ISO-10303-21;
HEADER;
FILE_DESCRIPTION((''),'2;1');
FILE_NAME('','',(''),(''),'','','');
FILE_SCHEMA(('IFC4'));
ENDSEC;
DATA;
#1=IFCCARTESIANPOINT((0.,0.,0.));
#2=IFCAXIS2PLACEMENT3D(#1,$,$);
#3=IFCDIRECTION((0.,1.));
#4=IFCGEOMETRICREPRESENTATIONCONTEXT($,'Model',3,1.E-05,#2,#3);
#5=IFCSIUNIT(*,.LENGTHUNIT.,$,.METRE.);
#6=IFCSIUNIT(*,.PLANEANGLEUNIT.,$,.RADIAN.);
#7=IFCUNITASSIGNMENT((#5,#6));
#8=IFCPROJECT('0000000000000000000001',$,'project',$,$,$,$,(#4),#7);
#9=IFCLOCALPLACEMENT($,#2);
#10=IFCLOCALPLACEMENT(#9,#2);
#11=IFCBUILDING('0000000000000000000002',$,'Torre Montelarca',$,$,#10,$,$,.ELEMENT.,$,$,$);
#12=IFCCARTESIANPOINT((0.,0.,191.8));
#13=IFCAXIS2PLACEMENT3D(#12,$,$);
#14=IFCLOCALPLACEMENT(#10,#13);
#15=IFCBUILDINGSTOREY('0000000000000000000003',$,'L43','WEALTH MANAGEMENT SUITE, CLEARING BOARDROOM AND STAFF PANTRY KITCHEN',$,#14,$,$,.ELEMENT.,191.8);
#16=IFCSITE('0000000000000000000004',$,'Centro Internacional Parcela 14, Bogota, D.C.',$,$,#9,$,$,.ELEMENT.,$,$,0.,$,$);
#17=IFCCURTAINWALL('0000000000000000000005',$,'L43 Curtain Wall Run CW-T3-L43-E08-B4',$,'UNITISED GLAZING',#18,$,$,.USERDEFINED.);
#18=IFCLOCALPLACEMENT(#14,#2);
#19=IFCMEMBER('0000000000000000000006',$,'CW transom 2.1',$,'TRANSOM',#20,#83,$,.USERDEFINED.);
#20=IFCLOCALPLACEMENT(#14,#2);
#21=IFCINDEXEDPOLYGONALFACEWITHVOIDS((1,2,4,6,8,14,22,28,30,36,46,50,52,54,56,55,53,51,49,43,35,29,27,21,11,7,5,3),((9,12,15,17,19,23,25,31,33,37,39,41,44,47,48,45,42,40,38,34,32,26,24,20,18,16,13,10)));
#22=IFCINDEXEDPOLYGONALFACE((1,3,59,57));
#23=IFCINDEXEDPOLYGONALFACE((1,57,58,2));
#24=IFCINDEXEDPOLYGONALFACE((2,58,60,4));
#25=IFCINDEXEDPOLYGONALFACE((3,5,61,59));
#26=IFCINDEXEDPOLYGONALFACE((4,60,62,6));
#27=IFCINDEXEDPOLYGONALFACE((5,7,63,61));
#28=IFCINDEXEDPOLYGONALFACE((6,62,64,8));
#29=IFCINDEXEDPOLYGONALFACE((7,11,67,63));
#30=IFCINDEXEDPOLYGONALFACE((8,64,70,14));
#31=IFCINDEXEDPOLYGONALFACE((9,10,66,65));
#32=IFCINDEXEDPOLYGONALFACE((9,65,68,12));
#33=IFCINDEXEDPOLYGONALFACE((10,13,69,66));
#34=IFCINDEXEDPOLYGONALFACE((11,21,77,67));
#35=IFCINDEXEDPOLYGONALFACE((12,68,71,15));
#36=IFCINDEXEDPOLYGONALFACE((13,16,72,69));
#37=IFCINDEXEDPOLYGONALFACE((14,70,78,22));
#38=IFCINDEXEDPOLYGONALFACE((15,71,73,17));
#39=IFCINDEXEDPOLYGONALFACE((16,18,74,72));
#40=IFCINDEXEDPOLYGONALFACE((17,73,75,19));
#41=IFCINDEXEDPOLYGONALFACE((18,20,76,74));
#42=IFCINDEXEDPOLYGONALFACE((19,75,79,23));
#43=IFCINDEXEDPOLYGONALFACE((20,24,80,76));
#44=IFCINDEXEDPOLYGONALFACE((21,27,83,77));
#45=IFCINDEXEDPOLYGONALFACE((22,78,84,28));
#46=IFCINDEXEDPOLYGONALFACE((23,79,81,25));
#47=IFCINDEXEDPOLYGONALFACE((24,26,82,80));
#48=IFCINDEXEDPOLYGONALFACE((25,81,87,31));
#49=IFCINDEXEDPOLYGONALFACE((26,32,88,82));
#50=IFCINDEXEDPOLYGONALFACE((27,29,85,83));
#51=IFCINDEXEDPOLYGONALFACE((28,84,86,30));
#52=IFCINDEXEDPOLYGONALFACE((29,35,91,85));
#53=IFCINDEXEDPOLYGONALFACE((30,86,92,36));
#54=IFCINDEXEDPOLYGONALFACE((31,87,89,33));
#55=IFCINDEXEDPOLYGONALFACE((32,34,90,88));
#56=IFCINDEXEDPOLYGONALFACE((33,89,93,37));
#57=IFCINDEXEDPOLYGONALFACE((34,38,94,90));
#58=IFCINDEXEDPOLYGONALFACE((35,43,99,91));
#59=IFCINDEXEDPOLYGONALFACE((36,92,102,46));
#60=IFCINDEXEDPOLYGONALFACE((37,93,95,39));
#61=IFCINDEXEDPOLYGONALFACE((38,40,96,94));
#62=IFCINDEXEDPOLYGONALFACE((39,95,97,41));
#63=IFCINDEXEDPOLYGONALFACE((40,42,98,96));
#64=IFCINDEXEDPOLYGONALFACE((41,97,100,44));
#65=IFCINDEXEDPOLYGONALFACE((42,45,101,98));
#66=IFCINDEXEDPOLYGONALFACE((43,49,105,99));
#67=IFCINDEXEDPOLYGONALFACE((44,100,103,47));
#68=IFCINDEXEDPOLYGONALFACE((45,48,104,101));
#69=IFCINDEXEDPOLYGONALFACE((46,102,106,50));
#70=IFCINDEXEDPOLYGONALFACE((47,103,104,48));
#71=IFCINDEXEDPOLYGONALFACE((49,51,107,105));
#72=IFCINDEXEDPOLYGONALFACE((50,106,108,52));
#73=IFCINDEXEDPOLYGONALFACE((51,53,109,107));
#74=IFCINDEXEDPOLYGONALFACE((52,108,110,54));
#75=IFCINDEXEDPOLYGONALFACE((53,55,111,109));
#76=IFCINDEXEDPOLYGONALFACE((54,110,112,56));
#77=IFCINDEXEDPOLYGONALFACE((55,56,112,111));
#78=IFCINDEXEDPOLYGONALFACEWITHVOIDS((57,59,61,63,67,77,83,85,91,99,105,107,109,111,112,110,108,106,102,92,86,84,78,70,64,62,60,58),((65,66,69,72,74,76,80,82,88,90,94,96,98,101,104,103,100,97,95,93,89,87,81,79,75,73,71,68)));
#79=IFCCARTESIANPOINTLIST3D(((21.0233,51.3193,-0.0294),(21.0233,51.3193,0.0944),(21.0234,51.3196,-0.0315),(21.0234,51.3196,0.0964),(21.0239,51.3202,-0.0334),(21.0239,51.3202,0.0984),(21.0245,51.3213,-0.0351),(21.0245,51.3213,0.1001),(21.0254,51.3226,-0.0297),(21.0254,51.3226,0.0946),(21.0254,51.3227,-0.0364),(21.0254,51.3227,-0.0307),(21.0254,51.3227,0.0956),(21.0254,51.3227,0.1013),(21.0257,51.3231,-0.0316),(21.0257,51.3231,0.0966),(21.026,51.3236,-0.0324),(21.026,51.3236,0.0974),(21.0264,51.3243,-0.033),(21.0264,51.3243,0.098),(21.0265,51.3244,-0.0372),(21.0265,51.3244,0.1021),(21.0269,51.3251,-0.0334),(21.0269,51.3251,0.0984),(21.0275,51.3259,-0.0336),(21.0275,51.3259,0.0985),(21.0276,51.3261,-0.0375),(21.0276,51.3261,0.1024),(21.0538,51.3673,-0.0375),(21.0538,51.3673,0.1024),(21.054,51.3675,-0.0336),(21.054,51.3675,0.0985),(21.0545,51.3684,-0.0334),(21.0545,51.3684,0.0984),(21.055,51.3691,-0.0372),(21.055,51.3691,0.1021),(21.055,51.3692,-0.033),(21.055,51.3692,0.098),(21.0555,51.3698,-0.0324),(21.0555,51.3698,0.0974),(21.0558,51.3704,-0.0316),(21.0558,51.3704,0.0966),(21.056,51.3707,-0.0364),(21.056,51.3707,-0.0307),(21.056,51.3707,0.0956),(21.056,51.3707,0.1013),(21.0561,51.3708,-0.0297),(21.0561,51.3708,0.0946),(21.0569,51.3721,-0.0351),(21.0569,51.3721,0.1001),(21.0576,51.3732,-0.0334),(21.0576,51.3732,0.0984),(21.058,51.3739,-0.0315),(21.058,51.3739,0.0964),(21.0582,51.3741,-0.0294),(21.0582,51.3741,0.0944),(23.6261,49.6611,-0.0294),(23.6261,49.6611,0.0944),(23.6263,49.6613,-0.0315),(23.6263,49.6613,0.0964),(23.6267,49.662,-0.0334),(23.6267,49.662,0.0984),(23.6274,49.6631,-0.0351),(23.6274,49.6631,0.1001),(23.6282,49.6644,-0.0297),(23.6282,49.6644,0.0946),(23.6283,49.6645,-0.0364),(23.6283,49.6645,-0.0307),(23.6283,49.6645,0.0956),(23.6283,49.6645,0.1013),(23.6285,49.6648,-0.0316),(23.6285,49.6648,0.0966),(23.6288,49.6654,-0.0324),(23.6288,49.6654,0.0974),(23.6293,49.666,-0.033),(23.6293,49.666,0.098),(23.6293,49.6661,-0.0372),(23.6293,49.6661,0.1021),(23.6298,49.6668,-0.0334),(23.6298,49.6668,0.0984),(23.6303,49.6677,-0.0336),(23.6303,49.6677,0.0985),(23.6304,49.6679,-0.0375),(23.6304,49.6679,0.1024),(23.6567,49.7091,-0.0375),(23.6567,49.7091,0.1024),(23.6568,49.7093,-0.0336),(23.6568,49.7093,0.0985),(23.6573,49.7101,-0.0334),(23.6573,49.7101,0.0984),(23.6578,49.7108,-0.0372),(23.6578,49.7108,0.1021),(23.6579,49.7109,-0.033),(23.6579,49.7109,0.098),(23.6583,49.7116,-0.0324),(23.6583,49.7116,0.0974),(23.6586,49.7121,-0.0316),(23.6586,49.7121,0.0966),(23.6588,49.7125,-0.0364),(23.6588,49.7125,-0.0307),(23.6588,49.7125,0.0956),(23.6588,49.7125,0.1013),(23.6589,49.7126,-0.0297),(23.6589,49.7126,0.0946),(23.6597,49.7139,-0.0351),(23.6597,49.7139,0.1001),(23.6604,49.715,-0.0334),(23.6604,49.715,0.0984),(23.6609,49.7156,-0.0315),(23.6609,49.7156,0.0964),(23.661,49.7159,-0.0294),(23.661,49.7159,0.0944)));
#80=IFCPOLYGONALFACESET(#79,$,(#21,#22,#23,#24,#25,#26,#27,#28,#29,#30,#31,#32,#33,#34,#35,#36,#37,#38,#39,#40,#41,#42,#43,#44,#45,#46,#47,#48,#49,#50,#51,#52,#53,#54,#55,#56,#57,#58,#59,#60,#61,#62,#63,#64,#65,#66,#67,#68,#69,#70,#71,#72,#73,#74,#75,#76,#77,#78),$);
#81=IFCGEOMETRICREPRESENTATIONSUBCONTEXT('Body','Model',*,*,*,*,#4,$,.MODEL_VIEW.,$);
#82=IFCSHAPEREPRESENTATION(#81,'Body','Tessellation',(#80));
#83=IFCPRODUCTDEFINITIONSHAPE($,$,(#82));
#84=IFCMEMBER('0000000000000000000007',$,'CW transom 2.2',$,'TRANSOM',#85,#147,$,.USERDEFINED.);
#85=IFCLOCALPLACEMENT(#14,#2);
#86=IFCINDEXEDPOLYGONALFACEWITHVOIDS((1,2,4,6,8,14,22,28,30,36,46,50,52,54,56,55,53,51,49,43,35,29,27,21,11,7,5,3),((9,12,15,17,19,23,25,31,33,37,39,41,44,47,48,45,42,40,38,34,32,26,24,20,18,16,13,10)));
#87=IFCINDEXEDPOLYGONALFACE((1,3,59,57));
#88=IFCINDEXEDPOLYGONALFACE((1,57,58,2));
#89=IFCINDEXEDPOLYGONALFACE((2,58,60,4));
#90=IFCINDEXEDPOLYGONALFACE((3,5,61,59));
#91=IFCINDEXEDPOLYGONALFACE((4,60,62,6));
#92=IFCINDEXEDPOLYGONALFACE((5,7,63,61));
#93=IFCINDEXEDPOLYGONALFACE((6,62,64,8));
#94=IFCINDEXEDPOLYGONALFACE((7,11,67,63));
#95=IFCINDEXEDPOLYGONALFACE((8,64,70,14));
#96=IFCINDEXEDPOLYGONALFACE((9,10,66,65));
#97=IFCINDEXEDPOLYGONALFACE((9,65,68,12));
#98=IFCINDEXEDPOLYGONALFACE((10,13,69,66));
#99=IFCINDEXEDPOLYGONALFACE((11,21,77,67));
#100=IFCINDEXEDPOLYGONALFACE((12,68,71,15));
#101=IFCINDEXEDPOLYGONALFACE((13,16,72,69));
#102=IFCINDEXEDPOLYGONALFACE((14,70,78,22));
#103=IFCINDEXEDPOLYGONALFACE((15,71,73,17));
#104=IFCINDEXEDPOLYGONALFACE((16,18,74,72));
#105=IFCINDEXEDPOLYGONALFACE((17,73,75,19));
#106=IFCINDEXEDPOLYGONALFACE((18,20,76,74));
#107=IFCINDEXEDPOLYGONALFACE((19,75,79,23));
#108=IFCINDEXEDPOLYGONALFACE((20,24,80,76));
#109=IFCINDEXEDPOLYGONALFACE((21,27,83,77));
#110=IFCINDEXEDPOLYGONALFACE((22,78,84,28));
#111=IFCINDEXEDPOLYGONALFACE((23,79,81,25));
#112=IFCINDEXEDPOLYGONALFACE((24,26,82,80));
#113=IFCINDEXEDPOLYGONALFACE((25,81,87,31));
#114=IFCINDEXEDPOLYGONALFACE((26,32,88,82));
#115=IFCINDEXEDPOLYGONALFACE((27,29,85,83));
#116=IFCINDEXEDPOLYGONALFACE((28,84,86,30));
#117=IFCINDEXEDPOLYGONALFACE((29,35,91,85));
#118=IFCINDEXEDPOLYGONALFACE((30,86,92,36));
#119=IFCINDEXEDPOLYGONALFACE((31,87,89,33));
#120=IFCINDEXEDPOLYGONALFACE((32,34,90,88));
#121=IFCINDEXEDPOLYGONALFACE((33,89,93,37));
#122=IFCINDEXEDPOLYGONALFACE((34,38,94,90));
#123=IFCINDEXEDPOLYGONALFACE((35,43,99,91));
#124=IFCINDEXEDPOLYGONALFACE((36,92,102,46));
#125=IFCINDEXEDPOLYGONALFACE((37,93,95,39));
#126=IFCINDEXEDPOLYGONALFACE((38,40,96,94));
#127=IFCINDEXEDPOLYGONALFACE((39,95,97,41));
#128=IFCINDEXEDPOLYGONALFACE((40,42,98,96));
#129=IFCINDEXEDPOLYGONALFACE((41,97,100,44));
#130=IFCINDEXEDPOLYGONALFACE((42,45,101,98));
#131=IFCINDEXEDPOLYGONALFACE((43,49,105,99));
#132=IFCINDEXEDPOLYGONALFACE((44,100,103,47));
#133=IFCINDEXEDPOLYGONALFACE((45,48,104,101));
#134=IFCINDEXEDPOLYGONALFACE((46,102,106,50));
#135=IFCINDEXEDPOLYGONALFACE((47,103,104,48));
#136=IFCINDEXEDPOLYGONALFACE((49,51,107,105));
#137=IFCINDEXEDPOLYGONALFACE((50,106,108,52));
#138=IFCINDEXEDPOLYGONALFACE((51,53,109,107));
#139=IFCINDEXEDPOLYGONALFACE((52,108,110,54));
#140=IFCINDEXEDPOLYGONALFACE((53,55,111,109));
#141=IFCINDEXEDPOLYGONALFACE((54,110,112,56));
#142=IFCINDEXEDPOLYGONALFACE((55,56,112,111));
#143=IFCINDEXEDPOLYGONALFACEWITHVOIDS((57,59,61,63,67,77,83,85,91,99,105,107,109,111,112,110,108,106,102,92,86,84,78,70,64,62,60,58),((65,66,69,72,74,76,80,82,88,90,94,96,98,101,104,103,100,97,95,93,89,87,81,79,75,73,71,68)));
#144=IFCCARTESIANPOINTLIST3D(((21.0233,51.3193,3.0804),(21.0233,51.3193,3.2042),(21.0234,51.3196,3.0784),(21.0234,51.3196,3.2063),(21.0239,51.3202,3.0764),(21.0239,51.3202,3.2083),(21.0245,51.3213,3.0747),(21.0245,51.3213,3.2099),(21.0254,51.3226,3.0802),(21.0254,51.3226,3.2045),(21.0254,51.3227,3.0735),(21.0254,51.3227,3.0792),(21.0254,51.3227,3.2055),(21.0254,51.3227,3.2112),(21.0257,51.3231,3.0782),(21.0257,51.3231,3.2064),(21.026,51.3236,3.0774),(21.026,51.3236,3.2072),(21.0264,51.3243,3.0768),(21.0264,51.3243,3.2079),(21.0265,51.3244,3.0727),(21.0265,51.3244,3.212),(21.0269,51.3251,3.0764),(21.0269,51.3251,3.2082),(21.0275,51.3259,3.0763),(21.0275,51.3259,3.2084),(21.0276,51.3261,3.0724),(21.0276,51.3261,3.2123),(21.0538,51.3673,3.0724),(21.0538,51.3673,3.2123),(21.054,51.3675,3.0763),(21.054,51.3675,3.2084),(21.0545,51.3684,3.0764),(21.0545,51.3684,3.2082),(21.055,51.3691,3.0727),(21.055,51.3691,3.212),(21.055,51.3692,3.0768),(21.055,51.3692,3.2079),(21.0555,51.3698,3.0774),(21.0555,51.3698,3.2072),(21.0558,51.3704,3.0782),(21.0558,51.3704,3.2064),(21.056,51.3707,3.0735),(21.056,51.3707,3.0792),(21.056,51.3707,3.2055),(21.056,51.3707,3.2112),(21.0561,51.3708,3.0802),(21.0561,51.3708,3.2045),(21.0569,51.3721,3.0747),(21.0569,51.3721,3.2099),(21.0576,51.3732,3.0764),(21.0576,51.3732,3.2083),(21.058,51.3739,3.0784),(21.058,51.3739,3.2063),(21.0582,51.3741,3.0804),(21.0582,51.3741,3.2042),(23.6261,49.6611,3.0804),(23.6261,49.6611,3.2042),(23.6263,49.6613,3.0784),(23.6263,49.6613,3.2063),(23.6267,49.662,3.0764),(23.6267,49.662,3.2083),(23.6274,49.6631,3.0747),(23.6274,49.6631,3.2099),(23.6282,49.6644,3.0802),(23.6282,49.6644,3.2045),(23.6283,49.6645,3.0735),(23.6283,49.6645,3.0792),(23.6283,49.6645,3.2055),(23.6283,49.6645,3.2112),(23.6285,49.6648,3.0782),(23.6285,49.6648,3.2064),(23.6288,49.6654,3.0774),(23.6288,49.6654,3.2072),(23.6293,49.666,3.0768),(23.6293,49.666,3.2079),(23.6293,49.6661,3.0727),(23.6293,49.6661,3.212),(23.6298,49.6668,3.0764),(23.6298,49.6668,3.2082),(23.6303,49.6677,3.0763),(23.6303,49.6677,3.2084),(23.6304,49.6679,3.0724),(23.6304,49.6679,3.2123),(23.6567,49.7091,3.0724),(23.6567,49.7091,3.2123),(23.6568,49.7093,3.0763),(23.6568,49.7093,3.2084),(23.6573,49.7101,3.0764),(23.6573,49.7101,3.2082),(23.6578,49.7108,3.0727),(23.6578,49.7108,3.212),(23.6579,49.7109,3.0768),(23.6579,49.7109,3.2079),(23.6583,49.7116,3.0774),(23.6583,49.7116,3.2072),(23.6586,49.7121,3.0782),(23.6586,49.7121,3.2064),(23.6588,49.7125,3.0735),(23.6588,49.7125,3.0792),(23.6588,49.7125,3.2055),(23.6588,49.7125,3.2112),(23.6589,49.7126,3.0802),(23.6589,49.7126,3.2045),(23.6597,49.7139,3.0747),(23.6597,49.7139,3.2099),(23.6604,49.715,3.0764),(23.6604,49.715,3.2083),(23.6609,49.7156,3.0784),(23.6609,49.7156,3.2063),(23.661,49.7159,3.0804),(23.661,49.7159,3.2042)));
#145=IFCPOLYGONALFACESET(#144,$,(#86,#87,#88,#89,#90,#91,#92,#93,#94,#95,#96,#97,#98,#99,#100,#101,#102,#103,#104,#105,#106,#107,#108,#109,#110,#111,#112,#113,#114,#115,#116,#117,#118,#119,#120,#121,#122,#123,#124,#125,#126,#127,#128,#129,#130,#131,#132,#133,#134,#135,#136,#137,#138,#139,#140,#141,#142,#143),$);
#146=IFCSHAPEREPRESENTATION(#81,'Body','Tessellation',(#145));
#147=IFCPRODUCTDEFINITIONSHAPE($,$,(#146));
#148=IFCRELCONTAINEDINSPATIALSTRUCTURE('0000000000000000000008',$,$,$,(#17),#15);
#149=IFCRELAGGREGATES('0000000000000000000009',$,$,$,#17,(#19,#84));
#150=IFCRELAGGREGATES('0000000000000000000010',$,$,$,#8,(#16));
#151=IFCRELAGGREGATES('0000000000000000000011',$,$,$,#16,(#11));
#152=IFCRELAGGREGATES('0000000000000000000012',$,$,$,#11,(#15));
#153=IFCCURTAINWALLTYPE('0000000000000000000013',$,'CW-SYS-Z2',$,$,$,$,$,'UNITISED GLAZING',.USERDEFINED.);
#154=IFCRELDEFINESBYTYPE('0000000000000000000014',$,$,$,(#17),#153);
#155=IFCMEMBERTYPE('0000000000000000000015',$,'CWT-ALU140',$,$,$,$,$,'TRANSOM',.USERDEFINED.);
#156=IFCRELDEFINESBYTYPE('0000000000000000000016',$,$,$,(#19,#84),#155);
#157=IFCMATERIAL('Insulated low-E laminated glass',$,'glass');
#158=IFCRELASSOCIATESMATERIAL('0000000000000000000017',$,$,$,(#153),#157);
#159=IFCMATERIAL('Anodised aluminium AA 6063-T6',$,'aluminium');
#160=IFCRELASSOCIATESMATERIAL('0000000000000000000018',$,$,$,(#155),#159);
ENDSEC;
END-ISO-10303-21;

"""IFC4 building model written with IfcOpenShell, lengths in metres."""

from ifc_helpers import new_model, si_unit, direction, frame, origin, origin_2d, place, context, subcontext, project, spatial, hollow_rectangle, extrude, source, transform, mapped, material, material_profile, profile_set, type_object, element, aggregate, save


model = new_model("IFC4")

# Units and contexts
model_context = context("Model", 3, precision=1e-05, world=origin(), true_north=direction((0.0, 1.0)))
body_context = subcontext(model_context, "Body", "Model", "MODEL_VIEW")
ifc_project = project(units=[si_unit("LENGTHUNIT", "METRE"), si_unit("PLANEANGLEUNIT", "RADIAN")], contexts=[model_context])

# Site, building, storey
site_placement = place(None, origin())
site = spatial("IfcSite", under=ifc_project, at=site_placement, Name="Centro Internacional Parcela 14, Bogota, D.C.", CompositionType="ELEMENT", RefElevation=0.0)
building_placement = place(site_placement, origin())
building = spatial("IfcBuilding", under=site, at=building_placement, Name="Torre Montelarca", CompositionType="ELEMENT")
storey_placement = place(building_placement, frame((0.0, 0.0, 191.8)))
storey = spatial("IfcBuildingStorey", under=building, at=storey_placement, Name="L43", Description="WEALTH MANAGEMENT SUITE, CLEARING BOARDROOM AND STAFF PANTRY KITCHEN", CompositionType="ELEMENT", Elevation=191.8)

# Shared definitions
ifc_material_1 = material(Name="Insulated low-E laminated glass", Category="glass")
curtain_wall_type = type_object("IfcCurtainWallType", Name="CW-SYS-Z2", ElementType="UNITISED GLAZING", PredefinedType="USERDEFINED", material=ifc_material_1)
ifc_material_2 = material(Name="Anodised aluminium AA 6063-T6", Category="aluminium")

# Curtain wall
curtain_wall_1_placement = place(storey_placement, origin())
curtain_wall_1 = element("IfcCurtainWall", 1, at=curtain_wall_1_placement, inside=storey, type_object=curtain_wall_type, Name="L43 Curtain Wall Run CW-T3-L43-E08-B4", ObjectType="UNITISED GLAZING", PredefinedType="USERDEFINED")

# Members
ifc_material_profile_1 = material_profile(ifc_material_2, hollow_rectangle(XDim=0.0649, YDim=0.1399, WallThickness=0.0039, InnerFilletRadius=0.0039, OuterFilletRadius=0.0081, at=origin_2d()), Name="ALU65X140X4", Category="aluminium")
ifc_profile_set_1 = profile_set([ifc_material_profile_1], Name="Anodised aluminium AA 6063-T6")
member_type_1 = type_object("IfcMemberType", Name="CWT-ALU140", ElementType="TRANSOM", PredefinedType="USERDEFINED", material=ifc_profile_set_1)
shared_shape_1 = source(origin(), body_context, "Body", "SweptSolid", [
    extrude(hollow_rectangle(XDim=0.0649, YDim=0.1399, WallThickness=0.0039, InnerFilletRadius=0.0039, OuterFilletRadius=0.0081, at=origin_2d()), origin(), (0.0, 0.0, 1.0), 3.0862),
])
member_1_placement = place(storey_placement, frame((23.6436, 49.6885, 0.0325), z_axis=(-0.843384, 0.537311, 0.0), x_axis=(-0.537311, -0.843384, 0.0)))
member_1 = element("IfcMember", 2, at=member_1_placement, type_object=member_type_1, Name="CW transom 2.1", ObjectType="TRANSOM", PredefinedType="USERDEFINED", context=body_context, shape_type="MappedRepresentation", body=[
    mapped(shared_shape_1, transform((0.0, 0.0, 0.0), scale=1.0)),
])
member_2_placement = place(storey_placement, frame((23.6436, 49.6885, 3.1423), z_axis=(-0.843384, 0.537311, 0.0), x_axis=(-0.537311, -0.843384, 0.0)))
member_2 = element("IfcMember", 3, at=member_2_placement, type_object=member_type_1, Name="CW transom 2.2", ObjectType="TRANSOM", PredefinedType="USERDEFINED", context=body_context, shape_type="MappedRepresentation", body=[
    mapped(shared_shape_1, transform((0.0, 0.0, 0.0), scale=1.0)),
])

aggregate(curtain_wall_1, [member_1, member_2])

save(model, "model.ifc")
